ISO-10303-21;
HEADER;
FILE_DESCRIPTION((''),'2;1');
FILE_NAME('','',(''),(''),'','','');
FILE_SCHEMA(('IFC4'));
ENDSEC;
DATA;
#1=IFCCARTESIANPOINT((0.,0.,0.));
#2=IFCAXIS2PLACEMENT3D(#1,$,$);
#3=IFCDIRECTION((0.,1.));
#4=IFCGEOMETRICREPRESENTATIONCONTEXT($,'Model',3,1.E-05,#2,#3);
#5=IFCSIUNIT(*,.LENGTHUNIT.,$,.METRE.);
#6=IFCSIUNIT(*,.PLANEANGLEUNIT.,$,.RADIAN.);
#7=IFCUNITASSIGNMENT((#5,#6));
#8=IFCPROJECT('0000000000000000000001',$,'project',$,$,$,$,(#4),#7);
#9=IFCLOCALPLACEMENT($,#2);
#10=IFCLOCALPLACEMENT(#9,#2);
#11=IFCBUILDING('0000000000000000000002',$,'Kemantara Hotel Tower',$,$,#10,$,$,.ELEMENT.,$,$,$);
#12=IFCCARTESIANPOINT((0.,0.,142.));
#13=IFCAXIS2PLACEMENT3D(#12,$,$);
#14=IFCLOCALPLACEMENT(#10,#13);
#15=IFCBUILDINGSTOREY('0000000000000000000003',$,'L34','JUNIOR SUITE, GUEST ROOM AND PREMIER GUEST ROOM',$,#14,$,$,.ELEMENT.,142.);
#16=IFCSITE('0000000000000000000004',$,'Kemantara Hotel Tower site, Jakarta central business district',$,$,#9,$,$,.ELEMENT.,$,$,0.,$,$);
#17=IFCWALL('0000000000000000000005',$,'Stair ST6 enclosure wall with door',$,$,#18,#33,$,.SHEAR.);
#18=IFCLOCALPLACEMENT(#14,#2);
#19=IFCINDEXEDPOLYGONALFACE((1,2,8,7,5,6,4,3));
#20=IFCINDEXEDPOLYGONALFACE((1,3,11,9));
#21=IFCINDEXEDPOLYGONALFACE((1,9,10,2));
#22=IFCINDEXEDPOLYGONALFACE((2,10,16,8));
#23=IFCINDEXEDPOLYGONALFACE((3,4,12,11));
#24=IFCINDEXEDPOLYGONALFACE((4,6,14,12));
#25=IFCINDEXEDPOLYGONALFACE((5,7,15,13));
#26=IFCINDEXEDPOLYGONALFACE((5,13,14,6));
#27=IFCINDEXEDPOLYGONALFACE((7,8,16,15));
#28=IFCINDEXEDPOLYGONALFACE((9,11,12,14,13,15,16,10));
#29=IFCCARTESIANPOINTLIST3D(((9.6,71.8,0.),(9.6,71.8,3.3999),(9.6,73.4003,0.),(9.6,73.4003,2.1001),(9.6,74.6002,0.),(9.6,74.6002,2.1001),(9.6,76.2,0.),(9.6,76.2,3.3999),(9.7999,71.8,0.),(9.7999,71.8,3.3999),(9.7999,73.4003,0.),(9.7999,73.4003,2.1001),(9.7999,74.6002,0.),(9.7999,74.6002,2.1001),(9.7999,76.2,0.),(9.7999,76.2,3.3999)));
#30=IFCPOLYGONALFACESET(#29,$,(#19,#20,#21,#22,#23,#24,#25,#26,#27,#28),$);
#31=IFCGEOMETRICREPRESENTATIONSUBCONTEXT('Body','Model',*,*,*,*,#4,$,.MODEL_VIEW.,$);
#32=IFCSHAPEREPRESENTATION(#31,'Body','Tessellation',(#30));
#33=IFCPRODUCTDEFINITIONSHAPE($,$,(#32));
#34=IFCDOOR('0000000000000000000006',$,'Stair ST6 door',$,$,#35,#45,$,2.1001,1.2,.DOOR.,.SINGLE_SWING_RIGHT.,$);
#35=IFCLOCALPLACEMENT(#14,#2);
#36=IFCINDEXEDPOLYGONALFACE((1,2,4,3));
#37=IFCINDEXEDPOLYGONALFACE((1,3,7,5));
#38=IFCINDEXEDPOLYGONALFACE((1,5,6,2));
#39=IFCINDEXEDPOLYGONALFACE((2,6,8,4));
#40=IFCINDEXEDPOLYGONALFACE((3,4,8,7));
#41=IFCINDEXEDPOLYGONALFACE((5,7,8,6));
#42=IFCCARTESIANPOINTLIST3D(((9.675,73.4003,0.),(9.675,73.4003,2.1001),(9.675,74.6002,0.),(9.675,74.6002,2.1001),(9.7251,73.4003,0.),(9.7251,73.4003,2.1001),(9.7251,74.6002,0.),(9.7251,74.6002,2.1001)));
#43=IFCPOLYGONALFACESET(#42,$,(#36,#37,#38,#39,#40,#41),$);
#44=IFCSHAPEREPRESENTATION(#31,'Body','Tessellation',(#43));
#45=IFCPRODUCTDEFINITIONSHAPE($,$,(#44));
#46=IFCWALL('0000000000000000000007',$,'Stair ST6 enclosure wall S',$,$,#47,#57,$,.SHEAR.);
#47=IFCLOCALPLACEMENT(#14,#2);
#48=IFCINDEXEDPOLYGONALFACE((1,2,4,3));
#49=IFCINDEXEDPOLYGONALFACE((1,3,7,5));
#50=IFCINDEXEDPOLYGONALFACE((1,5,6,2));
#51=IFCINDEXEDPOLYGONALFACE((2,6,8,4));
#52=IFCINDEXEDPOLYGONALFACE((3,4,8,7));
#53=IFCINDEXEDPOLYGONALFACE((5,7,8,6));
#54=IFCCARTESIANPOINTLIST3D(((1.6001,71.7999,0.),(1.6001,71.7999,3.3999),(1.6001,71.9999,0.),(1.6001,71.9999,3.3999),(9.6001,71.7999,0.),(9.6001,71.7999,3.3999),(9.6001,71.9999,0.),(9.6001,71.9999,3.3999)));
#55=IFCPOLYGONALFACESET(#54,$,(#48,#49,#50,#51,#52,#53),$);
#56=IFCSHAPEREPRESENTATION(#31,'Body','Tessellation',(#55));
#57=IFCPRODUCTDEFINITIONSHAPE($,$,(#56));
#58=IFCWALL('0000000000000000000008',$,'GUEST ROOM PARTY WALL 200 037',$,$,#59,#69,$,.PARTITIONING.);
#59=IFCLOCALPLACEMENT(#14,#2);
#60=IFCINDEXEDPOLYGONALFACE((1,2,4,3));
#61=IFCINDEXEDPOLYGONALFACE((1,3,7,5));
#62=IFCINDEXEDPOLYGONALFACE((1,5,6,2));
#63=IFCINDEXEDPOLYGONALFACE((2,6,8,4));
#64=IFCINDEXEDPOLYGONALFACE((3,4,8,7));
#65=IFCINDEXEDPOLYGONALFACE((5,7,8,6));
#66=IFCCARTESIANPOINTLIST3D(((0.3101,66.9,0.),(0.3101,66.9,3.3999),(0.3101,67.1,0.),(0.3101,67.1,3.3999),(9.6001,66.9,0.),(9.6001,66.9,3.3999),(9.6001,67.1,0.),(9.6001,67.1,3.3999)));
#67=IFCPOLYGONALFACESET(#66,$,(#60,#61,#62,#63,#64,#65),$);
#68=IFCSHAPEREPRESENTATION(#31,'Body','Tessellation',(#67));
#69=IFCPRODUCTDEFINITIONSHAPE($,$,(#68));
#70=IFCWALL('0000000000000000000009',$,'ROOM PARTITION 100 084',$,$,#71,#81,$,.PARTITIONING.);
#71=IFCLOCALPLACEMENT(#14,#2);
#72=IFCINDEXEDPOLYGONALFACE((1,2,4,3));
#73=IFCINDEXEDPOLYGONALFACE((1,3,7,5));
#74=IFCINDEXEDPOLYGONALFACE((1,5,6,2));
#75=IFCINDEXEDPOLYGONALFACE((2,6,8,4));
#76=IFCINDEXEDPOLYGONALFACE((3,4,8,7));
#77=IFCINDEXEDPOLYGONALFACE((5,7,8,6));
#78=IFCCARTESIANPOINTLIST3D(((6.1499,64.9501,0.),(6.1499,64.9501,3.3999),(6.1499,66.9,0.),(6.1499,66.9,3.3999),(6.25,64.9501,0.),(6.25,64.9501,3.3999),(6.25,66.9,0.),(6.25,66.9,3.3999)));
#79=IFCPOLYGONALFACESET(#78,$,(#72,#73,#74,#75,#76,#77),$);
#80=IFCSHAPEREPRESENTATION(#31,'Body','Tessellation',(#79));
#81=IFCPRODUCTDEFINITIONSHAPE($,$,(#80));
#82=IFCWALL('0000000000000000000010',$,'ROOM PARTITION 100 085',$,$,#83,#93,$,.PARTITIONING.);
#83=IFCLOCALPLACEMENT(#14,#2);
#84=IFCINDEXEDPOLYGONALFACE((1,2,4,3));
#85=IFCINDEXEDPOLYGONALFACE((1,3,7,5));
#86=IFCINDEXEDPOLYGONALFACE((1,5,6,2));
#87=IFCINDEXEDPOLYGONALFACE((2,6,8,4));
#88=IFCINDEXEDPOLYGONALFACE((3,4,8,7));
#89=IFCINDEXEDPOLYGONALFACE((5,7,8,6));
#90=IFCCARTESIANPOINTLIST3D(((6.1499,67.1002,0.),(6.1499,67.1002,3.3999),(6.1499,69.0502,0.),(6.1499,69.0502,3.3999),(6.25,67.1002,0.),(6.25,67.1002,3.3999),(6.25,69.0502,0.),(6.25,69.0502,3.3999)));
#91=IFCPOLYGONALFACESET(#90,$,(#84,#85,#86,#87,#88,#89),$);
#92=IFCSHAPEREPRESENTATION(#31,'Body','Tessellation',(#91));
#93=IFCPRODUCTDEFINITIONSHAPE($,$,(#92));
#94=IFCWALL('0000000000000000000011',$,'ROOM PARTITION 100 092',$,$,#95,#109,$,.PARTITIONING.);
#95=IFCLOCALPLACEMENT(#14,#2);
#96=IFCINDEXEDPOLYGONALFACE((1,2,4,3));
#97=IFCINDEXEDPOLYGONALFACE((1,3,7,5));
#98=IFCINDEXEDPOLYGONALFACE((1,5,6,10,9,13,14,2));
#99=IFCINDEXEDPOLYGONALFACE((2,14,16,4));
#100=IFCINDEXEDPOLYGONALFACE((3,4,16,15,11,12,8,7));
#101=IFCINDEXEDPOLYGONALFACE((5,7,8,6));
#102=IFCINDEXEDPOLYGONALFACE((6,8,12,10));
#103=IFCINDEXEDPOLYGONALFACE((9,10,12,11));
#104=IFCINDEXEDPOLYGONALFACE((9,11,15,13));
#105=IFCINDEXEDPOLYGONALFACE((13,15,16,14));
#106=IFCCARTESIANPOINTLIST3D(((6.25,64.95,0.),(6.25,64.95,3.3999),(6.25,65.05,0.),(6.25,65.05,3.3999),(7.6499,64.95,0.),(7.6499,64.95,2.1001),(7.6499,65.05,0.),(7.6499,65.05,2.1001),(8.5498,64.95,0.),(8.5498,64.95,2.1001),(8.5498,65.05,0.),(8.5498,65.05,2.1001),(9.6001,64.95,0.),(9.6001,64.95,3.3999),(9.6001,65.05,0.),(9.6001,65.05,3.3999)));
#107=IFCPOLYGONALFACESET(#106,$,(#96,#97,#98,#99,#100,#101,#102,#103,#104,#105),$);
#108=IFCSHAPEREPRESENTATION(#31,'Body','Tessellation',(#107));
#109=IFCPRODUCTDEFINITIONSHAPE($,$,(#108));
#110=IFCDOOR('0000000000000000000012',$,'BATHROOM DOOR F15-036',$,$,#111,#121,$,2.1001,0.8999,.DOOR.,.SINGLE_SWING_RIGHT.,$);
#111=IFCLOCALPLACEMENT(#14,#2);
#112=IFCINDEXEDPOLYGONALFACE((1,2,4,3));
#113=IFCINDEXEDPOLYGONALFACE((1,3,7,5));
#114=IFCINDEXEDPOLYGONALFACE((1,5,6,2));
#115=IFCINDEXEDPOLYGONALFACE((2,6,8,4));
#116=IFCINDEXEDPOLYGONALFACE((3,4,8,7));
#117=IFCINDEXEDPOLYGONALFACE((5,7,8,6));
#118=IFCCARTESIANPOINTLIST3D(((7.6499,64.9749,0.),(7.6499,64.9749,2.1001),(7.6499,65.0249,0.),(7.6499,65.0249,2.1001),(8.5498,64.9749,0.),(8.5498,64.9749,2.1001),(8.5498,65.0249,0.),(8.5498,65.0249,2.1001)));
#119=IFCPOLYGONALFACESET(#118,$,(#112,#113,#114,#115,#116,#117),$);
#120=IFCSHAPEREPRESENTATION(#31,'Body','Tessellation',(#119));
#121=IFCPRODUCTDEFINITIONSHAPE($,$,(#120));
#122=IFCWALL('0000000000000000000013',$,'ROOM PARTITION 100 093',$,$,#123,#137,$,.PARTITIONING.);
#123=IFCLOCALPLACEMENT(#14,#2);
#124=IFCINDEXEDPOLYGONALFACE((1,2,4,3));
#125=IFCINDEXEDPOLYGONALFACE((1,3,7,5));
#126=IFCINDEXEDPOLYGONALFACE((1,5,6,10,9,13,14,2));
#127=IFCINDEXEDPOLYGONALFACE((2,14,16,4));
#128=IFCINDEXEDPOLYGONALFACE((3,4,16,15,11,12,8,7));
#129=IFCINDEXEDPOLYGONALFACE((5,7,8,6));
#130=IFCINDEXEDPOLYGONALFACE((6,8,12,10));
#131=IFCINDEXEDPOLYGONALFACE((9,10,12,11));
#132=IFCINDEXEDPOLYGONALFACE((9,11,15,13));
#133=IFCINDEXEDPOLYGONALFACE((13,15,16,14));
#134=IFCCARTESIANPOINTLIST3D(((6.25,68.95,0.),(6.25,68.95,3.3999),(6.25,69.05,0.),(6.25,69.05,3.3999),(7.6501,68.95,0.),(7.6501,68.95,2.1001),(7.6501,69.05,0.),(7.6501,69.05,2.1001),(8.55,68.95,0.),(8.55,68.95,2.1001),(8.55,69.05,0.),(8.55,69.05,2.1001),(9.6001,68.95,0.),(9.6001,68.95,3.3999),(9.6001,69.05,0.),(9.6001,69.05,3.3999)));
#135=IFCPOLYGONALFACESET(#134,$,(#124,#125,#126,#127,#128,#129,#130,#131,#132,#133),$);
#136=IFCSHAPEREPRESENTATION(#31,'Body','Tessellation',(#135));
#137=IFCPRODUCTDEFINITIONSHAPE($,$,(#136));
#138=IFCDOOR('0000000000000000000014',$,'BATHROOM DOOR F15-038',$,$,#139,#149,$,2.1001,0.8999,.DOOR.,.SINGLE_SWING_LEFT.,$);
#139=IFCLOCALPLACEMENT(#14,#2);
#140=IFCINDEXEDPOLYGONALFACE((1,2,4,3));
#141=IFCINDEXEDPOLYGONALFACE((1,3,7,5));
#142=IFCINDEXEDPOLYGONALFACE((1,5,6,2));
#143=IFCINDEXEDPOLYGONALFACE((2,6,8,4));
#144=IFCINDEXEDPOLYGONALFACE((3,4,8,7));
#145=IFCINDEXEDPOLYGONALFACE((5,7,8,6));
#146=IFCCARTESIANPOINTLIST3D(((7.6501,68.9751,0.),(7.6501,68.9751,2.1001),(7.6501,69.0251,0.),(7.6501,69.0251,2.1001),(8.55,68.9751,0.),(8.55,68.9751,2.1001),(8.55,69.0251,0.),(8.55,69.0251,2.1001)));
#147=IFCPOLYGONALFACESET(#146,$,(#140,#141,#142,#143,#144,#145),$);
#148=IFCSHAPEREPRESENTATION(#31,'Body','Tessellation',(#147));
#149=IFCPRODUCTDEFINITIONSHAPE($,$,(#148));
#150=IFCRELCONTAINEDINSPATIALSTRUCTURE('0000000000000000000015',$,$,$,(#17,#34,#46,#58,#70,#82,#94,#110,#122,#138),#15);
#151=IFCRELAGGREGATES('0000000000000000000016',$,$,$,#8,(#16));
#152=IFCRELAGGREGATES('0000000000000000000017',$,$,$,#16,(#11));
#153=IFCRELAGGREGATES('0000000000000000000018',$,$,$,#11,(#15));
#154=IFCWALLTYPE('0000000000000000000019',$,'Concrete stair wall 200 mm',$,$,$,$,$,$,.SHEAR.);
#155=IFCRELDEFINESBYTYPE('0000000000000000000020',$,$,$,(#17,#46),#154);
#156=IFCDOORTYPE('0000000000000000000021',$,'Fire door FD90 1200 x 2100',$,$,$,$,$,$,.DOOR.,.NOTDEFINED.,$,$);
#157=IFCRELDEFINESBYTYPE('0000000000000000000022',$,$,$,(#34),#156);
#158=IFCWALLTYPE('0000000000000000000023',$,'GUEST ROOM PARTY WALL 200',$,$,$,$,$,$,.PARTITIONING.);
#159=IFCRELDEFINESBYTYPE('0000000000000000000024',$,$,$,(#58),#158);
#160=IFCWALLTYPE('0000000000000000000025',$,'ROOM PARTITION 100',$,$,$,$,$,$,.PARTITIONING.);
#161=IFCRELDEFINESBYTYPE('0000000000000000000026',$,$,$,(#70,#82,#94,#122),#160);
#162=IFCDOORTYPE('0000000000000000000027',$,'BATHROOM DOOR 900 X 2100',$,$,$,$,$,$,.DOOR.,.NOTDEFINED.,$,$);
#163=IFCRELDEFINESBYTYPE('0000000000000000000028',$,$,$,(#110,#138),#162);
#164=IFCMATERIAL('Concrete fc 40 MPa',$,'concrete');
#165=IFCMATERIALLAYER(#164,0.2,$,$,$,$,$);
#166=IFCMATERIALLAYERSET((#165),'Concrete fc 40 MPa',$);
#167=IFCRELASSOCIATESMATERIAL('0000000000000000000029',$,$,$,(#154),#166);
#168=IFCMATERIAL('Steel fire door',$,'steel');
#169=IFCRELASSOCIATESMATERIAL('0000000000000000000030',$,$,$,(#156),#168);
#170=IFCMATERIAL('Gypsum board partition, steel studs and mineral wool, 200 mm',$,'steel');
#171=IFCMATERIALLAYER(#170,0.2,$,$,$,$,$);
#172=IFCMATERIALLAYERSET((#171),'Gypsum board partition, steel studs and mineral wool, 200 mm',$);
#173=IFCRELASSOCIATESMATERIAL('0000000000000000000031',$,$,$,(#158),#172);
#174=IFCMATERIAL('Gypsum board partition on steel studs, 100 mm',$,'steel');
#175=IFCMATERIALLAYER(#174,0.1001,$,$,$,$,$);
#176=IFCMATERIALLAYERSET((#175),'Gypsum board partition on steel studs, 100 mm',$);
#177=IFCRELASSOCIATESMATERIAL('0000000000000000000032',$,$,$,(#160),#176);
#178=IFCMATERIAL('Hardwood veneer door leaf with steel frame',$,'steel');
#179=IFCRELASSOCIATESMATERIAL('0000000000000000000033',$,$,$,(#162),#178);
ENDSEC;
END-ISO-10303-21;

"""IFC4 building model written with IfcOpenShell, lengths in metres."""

from ifc_helpers import new_model, si_unit, direction, frame, frame_2d, origin, place, context, subcontext, project, spatial, rectangle, extrude, material, layer, layer_set, type_object, element, fill, save


model = new_model("IFC4")

# Units and contexts
model_context = context("Model", 3, precision=1e-05, world=origin(), true_north=direction((0.0, 1.0)))
body_context = subcontext(model_context, "Body", "Model", "MODEL_VIEW")
ifc_project = project(units=[si_unit("LENGTHUNIT", "METRE"), si_unit("PLANEANGLEUNIT", "RADIAN")], contexts=[model_context])

# Site, building, storey
site_placement = place(None, origin())
site = spatial("IfcSite", under=ifc_project, at=site_placement, Name="Kemantara Hotel Tower site, Jakarta central business district", CompositionType="ELEMENT", RefElevation=0.0)
building_placement = place(site_placement, origin())
building = spatial("IfcBuilding", under=site, at=building_placement, Name="Kemantara Hotel Tower", CompositionType="ELEMENT")
storey_placement = place(building_placement, frame((0.0, 0.0, 142.0)))
storey = spatial("IfcBuildingStorey", under=building, at=storey_placement, Name="L34", Description="JUNIOR SUITE, GUEST ROOM AND PREMIER GUEST ROOM", CompositionType="ELEMENT", Elevation=142.0)

# Shared definitions
ifc_material_1 = material(Name="Gypsum board partition, steel studs and mineral wool, 200 mm", Category="steel")
ifc_material_2 = material(Name="Hardwood veneer door leaf with steel frame", Category="steel")

# Shared definitions
ifc_material_3 = material(Name="Concrete fc 40 MPa", Category="concrete")
ifc_layer_1 = layer(ifc_material_3, 0.2)
ifc_layer_set_1 = layer_set([ifc_layer_1], Name="Concrete fc 40 MPa")
wall_type_1 = type_object("IfcWallType", Name="Concrete stair wall 200 mm", PredefinedType="SHEAR", material=ifc_layer_set_1)

# Wall, opening, door
wall_1_placement = place(storey_placement, frame((9.7, 71.8, 0.0), z_axis=(0.0, 0.0, 1.0), x_axis=(0.0, 1.0, 0.0)))
wall_1 = element("IfcWall", 1, at=wall_1_placement, inside=storey, type_object=wall_type_1, Name="Stair ST6 enclosure wall with door", PredefinedType="SHEAR", context=body_context, shape_type="SweptSolid", body=[
    extrude(rectangle(XDim=4.3999, YDim=0.2, at=frame_2d((2.2, 0.0))), origin(), (0.0, 0.0, 1.0), 3.3999),
])
opening_1_placement = place(wall_1_placement, frame((1.6001, 0.0, 0.0)))
opening_1 = element("IfcOpeningElement", 2, at=opening_1_placement, cuts=wall_1, PredefinedType="OPENING", context=body_context, shape_type="SweptSolid", body=[
    extrude(rectangle(XDim=1.2, YDim=2.1001, at=frame_2d((0.6001, 1.05))), frame((0.0, 0.1099, 0.0), z_axis=(0.0, -1.0, 0.0), x_axis=(1.0, 0.0, 0.0)), (0.0, 0.0, 1.0), 0.22),
])
ifc_material_4 = material(Name="Steel fire door", Category="steel")
door_type_1 = type_object("IfcDoorType", Name="Fire door FD90 1200 x 2100", OperationType="NOTDEFINED", PredefinedType="DOOR", material=ifc_material_4)
door_1_placement = place(opening_1_placement, origin())
door_1 = element("IfcDoor", 3, at=door_1_placement, inside=storey, type_object=door_type_1, Name="Stair ST6 door", OperationType="SINGLE_SWING_RIGHT", OverallHeight=2.1001, OverallWidth=1.2, PredefinedType="DOOR", context=body_context, shape_type="SweptSolid", body=[
    extrude(rectangle(XDim=1.2, YDim=2.1001, at=frame_2d((0.6001, 1.05))), frame((0.0, 0.0249, 0.0), z_axis=(0.0, -1.0, 0.0), x_axis=(1.0, 0.0, 0.0)), (0.0, 0.0, 1.0), 0.05),
])
fill(opening_1, door_1)

# Walls
wall_2_placement = place(storey_placement, frame((1.6001, 71.8999, 0.0), z_axis=(0.0, 0.0, 1.0), x_axis=(1.0, 0.0, 0.0)))
element("IfcWall", 4, at=wall_2_placement, inside=storey, type_object=wall_type_1, Name="Stair ST6 enclosure wall S", PredefinedType="SHEAR", context=body_context, shape_type="SweptSolid", body=[
    extrude(rectangle(XDim=8.0, YDim=0.2, at=frame_2d((4.0, 0.0))), origin(), (0.0, 0.0, 1.0), 3.3999),
])
ifc_layer_2 = layer(ifc_material_1, 0.2)
ifc_layer_set_2 = layer_set([ifc_layer_2], Name="Gypsum board partition, steel studs and mineral wool, 200 mm")
wall_type_2 = type_object("IfcWallType", Name="GUEST ROOM PARTY WALL 200", PredefinedType="PARTITIONING", material=ifc_layer_set_2)
wall_3_placement = place(storey_placement, frame((0.3101, 67.0, 0.0), z_axis=(0.0, 0.0, 1.0), x_axis=(1.0, 0.0, 0.0)))
element("IfcWall", 5, at=wall_3_placement, inside=storey, type_object=wall_type_2, Name="GUEST ROOM PARTY WALL 200 037", PredefinedType="PARTITIONING", context=body_context, shape_type="SweptSolid", body=[
    extrude(rectangle(XDim=9.29, YDim=0.2, at=frame_2d((4.645, 0.0))), origin(), (0.0, 0.0, 1.0), 3.3999),
])
ifc_material_5 = material(Name="Gypsum board partition on steel studs, 100 mm", Category="steel")
ifc_layer_3 = layer(ifc_material_5, 0.1001)
ifc_layer_set_3 = layer_set([ifc_layer_3], Name="Gypsum board partition on steel studs, 100 mm")
wall_type_3 = type_object("IfcWallType", Name="ROOM PARTITION 100", PredefinedType="PARTITIONING", material=ifc_layer_set_3)
for number, where, z_axis, x_axis, name in (
    (6, (6.2, 64.95, 0.0), (0.0, 0.0, 1.0), (0.0, 1.0, 0.0), "ROOM PARTITION 100 084"),
    (7, (6.2, 67.1001, 0.0), (0.0, 0.0, 1.0), (0.0, 1.0, 0.0), "ROOM PARTITION 100 085"),
):
    element("IfcWall", number, at=place(storey_placement, frame(where, z_axis=z_axis, x_axis=x_axis)), inside=storey, type_object=wall_type_3, Name=name, PredefinedType="PARTITIONING", context=body_context, shape_type="SweptSolid", body=[
        extrude(rectangle(XDim=1.95, YDim=0.1001, at=frame_2d((0.9751, 0.0))), origin(), (0.0, 0.0, 1.0), 3.3999),
    ])

# Walls, openings, doors
wall_4_placement = place(storey_placement, frame((6.25, 65.0, 0.0), z_axis=(0.0, 0.0, 1.0), x_axis=(1.0, 0.0, 0.0)))
wall_4 = element("IfcWall", 8, at=wall_4_placement, inside=storey, type_object=wall_type_3, Name="ROOM PARTITION 100 092", PredefinedType="PARTITIONING", context=body_context, shape_type="SweptSolid", body=[
    extrude(rectangle(XDim=3.3501, YDim=0.1001, at=frame_2d((1.675, 0.0))), origin(), (0.0, 0.0, 1.0), 3.3999),
])
opening_2_placement = place(wall_4_placement, frame((1.3999, 0.0, 0.0)))
opening_2 = element("IfcOpeningElement", 9, at=opening_2_placement, cuts=wall_4, PredefinedType="OPENING", context=body_context, shape_type="SweptSolid", body=[
    extrude(rectangle(XDim=0.8999, YDim=2.1001, at=frame_2d((0.45, 1.05))), frame((0.0, 0.0601, 0.0), z_axis=(0.0, -1.0, 0.0), x_axis=(1.0, 0.0, 0.0)), (0.0, 0.0, 1.0), 0.1201),
])
door_type_2 = type_object("IfcDoorType", Name="BATHROOM DOOR 900 X 2100", OperationType="NOTDEFINED", PredefinedType="DOOR", material=ifc_material_2)
door_2_placement = place(opening_2_placement, origin())
door_2 = element("IfcDoor", 10, at=door_2_placement, inside=storey, type_object=door_type_2, Name="BATHROOM DOOR F15-036", OperationType="SINGLE_SWING_RIGHT", OverallHeight=2.1001, OverallWidth=0.8999, PredefinedType="DOOR", context=body_context, shape_type="SweptSolid", body=[
    extrude(rectangle(XDim=0.8999, YDim=2.1001, at=frame_2d((0.45, 1.05))), frame((0.0, 0.0249, 0.0), z_axis=(0.0, -1.0, 0.0), x_axis=(1.0, 0.0, 0.0)), (0.0, 0.0, 1.0), 0.05),
])
fill(opening_2, door_2)
wall_5_placement = place(storey_placement, frame((9.6001, 69.0, 0.0), z_axis=(0.0, 0.0, 1.0), x_axis=(-1.0, 0.0, 0.0)))
wall_5 = element("IfcWall", 11, at=wall_5_placement, inside=storey, type_object=wall_type_3, Name="ROOM PARTITION 100 093", PredefinedType="PARTITIONING", context=body_context, shape_type="SweptSolid", body=[
    extrude(rectangle(XDim=3.3501, YDim=0.1001, at=frame_2d((1.675, 0.0))), origin(), (0.0, 0.0, 1.0), 3.3999),
])
opening_3_placement = place(wall_5_placement, frame((1.05, 0.0, 0.0)))
opening_3 = element("IfcOpeningElement", 12, at=opening_3_placement, cuts=wall_5, PredefinedType="OPENING", context=body_context, shape_type="SweptSolid", body=[
    extrude(rectangle(XDim=0.8999, YDim=2.1001, at=frame_2d((0.45, 1.05))), frame((0.0, 0.0601, 0.0), z_axis=(0.0, -1.0, 0.0), x_axis=(1.0, 0.0, 0.0)), (0.0, 0.0, 1.0), 0.1201),
])
door_3_placement = place(opening_3_placement, origin())
door_3 = element("IfcDoor", 13, at=door_3_placement, inside=storey, type_object=door_type_2, Name="BATHROOM DOOR F15-038", OperationType="SINGLE_SWING_LEFT", OverallHeight=2.1001, OverallWidth=0.8999, PredefinedType="DOOR", context=body_context, shape_type="SweptSolid", body=[
    extrude(rectangle(XDim=0.8999, YDim=2.1001, at=frame_2d((0.45, 1.05))), frame((0.0, 0.0249, 0.0), z_axis=(0.0, -1.0, 0.0), x_axis=(1.0, 0.0, 0.0)), (0.0, 0.0, 1.0), 0.05),
])
fill(opening_3, door_3)

save(model, "model.ifc")
